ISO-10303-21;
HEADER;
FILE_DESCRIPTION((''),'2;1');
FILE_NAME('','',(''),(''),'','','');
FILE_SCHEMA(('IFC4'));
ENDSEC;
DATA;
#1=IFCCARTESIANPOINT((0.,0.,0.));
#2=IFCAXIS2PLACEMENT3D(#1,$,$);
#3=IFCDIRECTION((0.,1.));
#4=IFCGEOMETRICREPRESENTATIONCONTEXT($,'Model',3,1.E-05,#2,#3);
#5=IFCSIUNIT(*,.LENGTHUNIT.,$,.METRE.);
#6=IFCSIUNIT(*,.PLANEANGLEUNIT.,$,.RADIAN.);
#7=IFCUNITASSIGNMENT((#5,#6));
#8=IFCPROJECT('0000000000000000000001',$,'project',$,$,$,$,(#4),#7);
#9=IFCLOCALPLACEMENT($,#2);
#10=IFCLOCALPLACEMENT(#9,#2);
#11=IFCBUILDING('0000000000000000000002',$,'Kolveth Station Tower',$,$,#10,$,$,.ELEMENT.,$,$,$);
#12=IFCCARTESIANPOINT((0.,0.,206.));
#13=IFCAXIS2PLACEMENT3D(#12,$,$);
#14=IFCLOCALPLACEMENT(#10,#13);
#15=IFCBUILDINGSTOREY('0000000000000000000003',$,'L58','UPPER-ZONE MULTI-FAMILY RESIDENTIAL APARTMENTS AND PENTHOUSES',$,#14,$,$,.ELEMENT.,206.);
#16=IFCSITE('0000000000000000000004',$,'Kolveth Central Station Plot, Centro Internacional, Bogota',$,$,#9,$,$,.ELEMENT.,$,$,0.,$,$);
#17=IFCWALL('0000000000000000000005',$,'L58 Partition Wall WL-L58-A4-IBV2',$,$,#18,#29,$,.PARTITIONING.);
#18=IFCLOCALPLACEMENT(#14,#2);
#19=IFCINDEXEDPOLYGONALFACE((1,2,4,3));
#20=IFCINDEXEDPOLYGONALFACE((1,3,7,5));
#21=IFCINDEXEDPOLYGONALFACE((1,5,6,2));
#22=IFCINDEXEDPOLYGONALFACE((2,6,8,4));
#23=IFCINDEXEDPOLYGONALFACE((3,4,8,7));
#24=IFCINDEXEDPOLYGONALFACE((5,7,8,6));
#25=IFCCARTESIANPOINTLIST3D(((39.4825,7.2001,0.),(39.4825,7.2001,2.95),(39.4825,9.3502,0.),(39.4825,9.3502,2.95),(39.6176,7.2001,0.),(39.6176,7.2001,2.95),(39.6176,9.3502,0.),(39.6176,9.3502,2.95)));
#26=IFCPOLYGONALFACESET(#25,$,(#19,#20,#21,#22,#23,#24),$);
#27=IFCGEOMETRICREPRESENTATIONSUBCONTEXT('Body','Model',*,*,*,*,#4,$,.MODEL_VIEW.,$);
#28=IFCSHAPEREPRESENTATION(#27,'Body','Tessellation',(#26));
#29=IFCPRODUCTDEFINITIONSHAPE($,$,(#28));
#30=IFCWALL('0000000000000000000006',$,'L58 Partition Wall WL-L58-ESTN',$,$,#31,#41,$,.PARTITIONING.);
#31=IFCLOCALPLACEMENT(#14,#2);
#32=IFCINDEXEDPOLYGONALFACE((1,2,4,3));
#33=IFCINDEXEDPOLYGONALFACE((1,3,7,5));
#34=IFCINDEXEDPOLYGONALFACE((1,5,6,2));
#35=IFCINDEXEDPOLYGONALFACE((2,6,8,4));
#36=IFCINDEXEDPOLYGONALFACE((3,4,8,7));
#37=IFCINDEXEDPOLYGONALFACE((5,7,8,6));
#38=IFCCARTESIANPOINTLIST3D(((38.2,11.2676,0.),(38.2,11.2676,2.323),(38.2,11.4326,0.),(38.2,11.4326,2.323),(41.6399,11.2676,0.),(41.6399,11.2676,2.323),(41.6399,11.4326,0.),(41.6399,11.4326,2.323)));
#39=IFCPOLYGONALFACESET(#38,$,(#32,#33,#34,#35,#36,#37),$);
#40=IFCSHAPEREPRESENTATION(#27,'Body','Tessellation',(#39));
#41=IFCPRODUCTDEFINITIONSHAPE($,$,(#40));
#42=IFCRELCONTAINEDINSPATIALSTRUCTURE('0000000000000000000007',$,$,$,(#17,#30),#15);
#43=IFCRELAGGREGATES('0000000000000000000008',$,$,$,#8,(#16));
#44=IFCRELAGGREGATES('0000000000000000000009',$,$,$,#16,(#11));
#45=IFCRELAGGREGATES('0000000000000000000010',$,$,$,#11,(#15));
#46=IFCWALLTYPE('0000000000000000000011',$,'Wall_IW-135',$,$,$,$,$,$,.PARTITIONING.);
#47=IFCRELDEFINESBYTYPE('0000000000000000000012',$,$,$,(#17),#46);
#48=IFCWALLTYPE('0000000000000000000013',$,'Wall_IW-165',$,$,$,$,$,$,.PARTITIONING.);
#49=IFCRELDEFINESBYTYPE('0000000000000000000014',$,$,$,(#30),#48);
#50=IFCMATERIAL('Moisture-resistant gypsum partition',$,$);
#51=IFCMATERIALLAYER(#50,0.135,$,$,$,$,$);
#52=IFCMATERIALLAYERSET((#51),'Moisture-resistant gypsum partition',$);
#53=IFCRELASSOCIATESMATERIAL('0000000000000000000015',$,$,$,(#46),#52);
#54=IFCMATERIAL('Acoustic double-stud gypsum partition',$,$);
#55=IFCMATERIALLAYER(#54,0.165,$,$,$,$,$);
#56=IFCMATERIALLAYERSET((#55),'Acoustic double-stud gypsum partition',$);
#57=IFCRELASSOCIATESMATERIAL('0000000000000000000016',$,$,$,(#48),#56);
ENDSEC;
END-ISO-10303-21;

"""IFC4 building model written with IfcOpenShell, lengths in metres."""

from ifc_helpers import new_model, si_unit, direction, frame, frame_2d, origin, place, context, subcontext, project, spatial, rectangle, extrude, material, layer, layer_set, type_object, element, save


model = new_model("IFC4")

# Units and contexts
model_context = context("Model", 3, precision=1e-05, world=origin(), true_north=direction((0.0, 1.0)))
body_context = subcontext(model_context, "Body", "Model", "MODEL_VIEW")
ifc_project = project(units=[si_unit("LENGTHUNIT", "METRE"), si_unit("PLANEANGLEUNIT", "RADIAN")], contexts=[model_context])

# Site, building, storey
site_placement = place(None, origin())
site = spatial("IfcSite", under=ifc_project, at=site_placement, Name="Kolveth Central Station Plot, Centro Internacional, Bogota", CompositionType="ELEMENT", RefElevation=0.0)
building_placement = place(site_placement, origin())
building = spatial("IfcBuilding", under=site, at=building_placement, Name="Kolveth Station Tower", CompositionType="ELEMENT")
storey_placement = place(building_placement, frame((0.0, 0.0, 206.0)))
storey = spatial("IfcBuildingStorey", under=building, at=storey_placement, Name="L58", Description="UPPER-ZONE MULTI-FAMILY RESIDENTIAL APARTMENTS AND PENTHOUSES", CompositionType="ELEMENT", Elevation=206.0)

# Shared definitions
ifc_material_1 = material(Name="Moisture-resistant gypsum partition")
ifc_layer_1 = layer(ifc_material_1, 0.135)
ifc_layer_set_1 = layer_set([ifc_layer_1], Name="Moisture-resistant gypsum partition")
wall_type_1 = type_object("IfcWallType", Name="Wall_IW-135", PredefinedType="PARTITIONING", material=ifc_layer_set_1)

# Wall
for number, where, z_axis, x_axis, name in (
    (1, (39.55, 7.2, 0.0), (0.0, 0.0, 1.0), (0.0, 1.0, 0.0), "L58 Partition Wall WL-L58-A4-IBV2"),
):
    element("IfcWall", number, at=place(storey_placement, frame(where, z_axis=z_axis, x_axis=x_axis)), inside=storey, type_object=wall_type_1, Name=name, PredefinedType="PARTITIONING", context=body_context, shape_type="SweptSolid", body=[
        extrude(rectangle(XDim=2.1501, YDim=0.135, at=frame_2d((1.0752, 0.0))), origin(), (0.0, 0.0, 1.0), 2.95),
    ])

# Shared definitions
ifc_material_2 = material(Name="Acoustic double-stud gypsum partition")
ifc_layer_2 = layer(ifc_material_2, 0.165)
ifc_layer_set_2 = layer_set([ifc_layer_2], Name="Acoustic double-stud gypsum partition")
wall_type_2 = type_object("IfcWallType", Name="Wall_IW-165", PredefinedType="PARTITIONING", material=ifc_layer_set_2)

# Wall
wall_1_placement = place(storey_placement, frame((38.2, 11.3501, 0.0), z_axis=(0.0, 0.0, 1.0), x_axis=(1.0, 0.0, 0.0)))
element("IfcWall", 2, at=wall_1_placement, inside=storey, type_object=wall_type_2, Name="L58 Partition Wall WL-L58-ESTN", PredefinedType="PARTITIONING", context=body_context, shape_type="SweptSolid", body=[
    extrude(rectangle(XDim=3.4399, YDim=0.165, at=frame_2d((1.72, 0.0))), origin(), (0.0, 0.0, 1.0), 2.323),
])

save(model, "model.ifc")
